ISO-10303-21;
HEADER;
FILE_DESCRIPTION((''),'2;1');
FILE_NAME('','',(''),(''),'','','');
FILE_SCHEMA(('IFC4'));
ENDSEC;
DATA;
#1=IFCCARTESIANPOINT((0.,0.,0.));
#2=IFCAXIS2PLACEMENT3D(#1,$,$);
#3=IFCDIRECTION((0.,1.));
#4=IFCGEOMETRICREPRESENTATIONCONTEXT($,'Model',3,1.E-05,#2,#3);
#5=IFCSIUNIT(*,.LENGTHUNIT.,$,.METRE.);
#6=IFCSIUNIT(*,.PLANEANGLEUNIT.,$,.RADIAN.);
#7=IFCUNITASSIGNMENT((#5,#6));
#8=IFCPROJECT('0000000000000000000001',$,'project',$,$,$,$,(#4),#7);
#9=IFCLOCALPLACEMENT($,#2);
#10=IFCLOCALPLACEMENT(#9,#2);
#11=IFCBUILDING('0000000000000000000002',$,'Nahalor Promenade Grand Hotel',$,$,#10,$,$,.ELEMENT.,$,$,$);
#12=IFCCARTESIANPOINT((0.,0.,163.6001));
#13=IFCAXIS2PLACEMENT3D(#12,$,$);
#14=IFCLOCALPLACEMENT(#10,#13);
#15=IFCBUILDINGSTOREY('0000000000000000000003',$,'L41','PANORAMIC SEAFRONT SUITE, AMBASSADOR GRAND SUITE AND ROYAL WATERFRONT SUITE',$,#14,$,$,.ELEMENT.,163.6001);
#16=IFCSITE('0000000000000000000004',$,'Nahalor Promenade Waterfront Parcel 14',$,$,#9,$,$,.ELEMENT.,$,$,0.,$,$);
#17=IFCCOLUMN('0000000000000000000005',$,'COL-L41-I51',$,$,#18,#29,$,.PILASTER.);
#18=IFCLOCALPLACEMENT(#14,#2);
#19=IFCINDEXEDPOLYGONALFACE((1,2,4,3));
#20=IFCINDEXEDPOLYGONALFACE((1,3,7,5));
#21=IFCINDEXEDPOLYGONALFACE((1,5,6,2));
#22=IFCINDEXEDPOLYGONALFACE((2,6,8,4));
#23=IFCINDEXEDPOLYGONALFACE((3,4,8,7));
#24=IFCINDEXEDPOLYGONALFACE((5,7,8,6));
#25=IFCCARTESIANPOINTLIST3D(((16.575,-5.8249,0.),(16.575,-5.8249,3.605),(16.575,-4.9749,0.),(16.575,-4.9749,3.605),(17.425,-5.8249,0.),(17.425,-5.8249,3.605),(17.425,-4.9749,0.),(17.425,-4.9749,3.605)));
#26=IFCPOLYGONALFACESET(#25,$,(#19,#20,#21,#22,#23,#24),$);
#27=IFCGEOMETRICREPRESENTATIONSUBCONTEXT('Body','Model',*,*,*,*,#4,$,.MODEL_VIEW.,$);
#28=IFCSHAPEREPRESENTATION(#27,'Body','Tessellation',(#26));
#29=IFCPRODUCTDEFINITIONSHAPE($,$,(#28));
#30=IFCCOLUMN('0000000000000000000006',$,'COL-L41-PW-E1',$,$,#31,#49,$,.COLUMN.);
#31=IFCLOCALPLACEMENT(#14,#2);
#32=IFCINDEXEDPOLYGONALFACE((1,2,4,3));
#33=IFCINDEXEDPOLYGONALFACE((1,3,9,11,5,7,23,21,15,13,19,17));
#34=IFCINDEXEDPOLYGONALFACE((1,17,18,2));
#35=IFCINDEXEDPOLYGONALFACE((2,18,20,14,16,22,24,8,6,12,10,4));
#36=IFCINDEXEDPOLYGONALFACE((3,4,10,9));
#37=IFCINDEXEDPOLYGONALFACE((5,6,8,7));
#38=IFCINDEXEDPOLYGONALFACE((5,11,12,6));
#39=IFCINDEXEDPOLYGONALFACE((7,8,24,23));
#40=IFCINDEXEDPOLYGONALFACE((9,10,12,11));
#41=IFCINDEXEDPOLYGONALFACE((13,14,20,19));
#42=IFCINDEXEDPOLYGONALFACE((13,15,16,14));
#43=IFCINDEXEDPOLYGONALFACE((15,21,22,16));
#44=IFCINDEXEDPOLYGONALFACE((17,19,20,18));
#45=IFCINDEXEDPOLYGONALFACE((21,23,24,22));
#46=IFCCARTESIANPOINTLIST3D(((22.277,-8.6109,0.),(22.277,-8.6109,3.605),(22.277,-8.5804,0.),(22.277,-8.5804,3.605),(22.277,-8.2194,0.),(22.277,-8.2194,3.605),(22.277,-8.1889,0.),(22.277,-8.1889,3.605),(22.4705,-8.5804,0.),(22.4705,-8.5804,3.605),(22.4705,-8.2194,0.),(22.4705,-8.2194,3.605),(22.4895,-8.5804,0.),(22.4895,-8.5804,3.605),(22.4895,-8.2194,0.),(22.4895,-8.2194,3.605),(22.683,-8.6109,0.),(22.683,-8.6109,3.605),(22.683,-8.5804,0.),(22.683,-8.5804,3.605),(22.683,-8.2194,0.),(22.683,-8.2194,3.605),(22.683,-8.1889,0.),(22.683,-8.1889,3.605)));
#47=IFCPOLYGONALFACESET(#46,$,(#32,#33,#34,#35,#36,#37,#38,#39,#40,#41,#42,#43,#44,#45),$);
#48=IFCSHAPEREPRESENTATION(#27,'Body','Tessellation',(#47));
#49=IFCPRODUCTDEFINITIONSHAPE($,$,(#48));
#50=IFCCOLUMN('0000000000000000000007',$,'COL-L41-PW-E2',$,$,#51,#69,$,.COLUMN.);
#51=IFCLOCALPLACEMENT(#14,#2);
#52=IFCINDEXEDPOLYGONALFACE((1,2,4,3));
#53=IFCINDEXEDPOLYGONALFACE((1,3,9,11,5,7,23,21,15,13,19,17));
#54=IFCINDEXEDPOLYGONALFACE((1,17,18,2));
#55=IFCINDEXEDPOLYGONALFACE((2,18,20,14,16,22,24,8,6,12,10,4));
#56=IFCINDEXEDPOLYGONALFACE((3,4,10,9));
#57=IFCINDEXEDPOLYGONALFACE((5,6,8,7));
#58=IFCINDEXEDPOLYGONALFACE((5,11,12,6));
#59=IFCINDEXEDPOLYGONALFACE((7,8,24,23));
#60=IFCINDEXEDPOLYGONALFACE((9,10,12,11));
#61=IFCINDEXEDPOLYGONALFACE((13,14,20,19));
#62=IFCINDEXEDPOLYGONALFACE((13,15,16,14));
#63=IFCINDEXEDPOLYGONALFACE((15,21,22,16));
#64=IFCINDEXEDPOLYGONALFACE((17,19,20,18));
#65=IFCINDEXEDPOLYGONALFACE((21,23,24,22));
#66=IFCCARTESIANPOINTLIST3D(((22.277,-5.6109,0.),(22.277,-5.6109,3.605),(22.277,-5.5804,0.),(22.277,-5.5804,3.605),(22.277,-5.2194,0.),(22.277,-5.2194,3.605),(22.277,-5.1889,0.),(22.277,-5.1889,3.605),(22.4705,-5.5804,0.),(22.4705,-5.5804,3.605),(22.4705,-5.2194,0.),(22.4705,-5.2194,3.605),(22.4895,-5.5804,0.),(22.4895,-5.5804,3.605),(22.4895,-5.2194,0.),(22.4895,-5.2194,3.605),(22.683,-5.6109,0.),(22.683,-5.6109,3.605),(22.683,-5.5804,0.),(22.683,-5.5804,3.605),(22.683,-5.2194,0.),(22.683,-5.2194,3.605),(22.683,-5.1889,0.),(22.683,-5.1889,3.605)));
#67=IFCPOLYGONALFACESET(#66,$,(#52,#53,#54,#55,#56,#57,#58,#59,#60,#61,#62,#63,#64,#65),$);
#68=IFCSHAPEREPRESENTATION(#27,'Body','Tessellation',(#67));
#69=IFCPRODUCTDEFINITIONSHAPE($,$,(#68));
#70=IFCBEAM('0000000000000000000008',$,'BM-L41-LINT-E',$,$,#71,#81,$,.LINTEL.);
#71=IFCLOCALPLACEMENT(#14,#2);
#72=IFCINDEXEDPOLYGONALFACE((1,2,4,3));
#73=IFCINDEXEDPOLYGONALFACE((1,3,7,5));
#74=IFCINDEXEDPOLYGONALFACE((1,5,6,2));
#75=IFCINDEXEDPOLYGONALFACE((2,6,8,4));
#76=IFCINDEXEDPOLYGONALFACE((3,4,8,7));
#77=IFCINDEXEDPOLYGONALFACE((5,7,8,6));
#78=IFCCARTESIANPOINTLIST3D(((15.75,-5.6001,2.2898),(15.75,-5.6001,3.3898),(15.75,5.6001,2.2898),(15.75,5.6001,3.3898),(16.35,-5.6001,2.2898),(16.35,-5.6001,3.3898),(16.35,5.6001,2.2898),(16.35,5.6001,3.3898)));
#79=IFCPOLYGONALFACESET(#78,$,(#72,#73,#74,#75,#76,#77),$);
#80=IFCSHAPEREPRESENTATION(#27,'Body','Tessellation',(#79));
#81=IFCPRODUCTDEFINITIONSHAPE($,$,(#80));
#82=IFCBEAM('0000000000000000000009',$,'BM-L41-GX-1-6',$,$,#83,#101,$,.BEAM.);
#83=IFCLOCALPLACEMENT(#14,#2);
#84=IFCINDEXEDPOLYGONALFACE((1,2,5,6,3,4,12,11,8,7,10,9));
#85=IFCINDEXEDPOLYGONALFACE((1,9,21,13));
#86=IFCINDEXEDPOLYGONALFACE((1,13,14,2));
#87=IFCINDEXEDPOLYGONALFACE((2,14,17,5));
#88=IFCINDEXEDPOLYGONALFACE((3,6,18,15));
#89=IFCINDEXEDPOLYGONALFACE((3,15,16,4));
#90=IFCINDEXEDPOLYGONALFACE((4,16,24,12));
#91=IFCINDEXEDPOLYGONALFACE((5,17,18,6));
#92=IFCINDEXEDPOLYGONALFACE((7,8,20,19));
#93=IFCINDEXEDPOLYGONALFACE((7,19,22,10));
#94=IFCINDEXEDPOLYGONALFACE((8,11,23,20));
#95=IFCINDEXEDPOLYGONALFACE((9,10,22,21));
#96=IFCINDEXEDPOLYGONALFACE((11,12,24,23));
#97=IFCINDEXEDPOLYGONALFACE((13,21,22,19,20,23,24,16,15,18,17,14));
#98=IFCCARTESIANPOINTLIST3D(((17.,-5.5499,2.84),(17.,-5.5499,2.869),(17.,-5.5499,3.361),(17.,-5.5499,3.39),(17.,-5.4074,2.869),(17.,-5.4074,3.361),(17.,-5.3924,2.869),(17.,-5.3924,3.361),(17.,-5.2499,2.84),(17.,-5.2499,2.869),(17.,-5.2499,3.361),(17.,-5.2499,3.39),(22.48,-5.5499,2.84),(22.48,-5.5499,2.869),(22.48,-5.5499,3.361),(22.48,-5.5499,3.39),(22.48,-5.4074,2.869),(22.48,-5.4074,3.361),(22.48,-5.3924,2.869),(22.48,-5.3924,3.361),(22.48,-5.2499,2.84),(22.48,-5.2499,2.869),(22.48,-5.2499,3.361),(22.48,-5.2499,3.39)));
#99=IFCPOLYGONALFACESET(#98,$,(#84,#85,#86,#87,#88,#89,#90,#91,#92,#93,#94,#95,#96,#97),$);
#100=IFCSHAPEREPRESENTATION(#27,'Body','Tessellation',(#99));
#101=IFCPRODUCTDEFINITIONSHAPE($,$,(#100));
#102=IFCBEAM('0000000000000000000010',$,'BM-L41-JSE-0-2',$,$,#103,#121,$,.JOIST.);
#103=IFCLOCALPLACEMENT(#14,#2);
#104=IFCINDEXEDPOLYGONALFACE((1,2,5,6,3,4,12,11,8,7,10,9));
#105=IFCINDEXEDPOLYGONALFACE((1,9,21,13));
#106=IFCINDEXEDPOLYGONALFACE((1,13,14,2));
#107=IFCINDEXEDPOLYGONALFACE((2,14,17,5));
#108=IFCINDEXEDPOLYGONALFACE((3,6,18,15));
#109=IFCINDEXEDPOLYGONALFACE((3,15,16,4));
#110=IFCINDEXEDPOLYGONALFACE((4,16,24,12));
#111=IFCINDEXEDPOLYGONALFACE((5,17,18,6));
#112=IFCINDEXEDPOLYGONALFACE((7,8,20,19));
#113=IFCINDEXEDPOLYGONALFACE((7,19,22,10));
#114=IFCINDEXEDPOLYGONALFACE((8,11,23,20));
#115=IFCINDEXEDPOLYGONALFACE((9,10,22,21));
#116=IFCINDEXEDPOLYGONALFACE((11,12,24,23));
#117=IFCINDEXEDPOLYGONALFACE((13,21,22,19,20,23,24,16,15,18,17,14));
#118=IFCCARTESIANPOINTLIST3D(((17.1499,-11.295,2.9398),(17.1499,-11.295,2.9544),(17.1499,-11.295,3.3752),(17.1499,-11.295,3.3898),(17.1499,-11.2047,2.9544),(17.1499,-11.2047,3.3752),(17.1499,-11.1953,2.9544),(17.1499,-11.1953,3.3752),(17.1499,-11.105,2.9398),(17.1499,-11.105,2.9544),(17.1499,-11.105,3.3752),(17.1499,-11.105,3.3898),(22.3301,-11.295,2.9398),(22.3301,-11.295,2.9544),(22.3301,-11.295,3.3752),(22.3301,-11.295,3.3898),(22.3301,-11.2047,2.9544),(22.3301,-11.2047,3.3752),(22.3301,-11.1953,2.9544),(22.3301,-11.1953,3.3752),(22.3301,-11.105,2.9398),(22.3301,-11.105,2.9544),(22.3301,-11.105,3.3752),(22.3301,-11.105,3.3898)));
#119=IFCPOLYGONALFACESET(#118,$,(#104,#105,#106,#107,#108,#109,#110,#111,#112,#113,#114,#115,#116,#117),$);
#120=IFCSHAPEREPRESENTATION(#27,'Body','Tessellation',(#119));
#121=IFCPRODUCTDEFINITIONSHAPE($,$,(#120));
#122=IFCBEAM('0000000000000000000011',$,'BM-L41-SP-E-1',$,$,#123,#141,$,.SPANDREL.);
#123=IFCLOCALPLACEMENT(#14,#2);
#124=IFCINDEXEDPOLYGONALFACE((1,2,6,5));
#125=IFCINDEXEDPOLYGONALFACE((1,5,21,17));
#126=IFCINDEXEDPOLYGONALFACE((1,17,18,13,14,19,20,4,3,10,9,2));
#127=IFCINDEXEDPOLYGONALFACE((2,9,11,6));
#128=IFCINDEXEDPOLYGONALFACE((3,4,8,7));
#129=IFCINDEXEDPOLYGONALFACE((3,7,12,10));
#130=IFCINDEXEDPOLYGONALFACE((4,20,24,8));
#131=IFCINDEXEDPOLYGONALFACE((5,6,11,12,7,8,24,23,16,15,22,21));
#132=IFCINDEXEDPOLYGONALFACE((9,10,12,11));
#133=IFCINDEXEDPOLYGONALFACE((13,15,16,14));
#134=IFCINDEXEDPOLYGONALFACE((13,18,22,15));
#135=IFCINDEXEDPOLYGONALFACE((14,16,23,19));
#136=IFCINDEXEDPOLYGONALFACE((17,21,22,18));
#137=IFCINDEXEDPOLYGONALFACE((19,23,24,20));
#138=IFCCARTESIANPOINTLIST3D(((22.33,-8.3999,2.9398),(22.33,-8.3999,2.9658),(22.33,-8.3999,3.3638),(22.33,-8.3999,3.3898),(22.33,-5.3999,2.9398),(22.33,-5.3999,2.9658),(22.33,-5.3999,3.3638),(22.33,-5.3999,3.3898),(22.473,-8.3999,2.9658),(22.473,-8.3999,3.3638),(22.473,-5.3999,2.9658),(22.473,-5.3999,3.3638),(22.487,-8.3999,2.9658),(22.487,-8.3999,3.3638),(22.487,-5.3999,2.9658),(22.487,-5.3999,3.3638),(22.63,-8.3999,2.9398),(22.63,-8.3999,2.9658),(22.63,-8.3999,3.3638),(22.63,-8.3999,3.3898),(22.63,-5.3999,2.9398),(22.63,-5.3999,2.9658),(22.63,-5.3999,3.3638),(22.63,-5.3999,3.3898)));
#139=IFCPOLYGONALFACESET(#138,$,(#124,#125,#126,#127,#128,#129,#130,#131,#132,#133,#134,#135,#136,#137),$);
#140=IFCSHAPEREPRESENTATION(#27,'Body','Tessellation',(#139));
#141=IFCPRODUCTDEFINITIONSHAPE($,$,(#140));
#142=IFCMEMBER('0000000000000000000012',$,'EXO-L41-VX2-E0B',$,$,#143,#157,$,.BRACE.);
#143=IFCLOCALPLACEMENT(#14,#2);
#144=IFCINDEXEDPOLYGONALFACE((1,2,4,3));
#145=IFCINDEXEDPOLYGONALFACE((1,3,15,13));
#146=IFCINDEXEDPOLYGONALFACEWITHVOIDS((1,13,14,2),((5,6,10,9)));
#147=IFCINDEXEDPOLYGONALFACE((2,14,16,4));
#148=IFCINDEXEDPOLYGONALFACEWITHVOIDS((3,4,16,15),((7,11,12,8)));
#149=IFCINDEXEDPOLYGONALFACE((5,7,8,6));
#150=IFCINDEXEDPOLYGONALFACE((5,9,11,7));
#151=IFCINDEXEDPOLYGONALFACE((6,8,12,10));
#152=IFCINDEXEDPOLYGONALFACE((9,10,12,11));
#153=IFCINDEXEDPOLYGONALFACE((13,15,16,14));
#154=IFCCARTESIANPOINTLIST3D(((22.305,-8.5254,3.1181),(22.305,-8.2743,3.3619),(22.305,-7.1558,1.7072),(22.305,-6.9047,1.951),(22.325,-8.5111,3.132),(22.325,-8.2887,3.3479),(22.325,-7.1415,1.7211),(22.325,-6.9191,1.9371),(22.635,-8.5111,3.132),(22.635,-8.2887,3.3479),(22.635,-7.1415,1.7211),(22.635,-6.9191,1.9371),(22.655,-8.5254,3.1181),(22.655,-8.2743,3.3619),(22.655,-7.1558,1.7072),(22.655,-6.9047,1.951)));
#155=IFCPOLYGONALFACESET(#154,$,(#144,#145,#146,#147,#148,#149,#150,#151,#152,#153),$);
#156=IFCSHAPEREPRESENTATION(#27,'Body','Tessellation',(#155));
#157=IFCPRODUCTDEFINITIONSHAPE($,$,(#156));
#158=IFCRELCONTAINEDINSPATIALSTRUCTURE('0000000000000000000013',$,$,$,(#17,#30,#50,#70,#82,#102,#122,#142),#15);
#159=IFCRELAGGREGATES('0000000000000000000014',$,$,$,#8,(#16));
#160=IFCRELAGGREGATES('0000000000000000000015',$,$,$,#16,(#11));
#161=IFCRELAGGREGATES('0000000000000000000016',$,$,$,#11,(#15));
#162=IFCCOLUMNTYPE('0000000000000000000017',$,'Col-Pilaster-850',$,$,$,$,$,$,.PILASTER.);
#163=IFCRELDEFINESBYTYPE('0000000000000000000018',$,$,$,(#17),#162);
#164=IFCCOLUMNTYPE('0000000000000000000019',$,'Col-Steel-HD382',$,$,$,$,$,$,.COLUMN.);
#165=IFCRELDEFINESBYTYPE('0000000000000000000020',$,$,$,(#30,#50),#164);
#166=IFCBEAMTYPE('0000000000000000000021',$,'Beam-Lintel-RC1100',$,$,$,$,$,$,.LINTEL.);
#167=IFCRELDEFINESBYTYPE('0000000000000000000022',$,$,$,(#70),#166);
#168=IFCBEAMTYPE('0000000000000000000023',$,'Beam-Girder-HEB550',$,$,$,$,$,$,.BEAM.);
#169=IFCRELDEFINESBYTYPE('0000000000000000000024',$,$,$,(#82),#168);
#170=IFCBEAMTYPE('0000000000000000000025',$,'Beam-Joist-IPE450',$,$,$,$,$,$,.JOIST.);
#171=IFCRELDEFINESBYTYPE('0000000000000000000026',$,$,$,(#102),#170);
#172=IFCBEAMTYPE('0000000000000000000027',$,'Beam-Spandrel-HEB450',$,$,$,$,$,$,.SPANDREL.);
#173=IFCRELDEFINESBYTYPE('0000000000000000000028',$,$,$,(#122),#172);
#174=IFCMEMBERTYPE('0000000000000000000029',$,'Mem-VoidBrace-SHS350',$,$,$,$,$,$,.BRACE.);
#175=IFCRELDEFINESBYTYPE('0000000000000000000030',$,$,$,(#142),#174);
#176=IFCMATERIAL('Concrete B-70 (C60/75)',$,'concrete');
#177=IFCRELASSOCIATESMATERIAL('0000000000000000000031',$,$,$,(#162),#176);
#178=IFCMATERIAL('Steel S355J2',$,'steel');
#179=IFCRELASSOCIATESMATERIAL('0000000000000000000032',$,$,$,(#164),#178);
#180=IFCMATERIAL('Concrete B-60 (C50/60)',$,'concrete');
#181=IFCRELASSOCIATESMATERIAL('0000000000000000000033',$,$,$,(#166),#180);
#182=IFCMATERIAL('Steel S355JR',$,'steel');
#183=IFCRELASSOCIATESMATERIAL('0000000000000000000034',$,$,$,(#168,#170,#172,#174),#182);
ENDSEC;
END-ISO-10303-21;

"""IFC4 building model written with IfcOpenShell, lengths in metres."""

from ifc_helpers import new_model, si_unit, direction, frame, origin, origin_2d, place, context, subcontext, project, spatial, rectangle, hollow_rectangle, i_section, extrude, source, transform, mapped, material, material_profile, profile_set, type_object, element, save


model = new_model("IFC4")

# Units and contexts
model_context = context("Model", 3, precision=1e-05, world=origin(), true_north=direction((0.0, 1.0)))
body_context = subcontext(model_context, "Body", "Model", "MODEL_VIEW")
ifc_project = project(units=[si_unit("LENGTHUNIT", "METRE"), si_unit("PLANEANGLEUNIT", "RADIAN")], contexts=[model_context])

# Site, building, storey
site_placement = place(None, origin())
site = spatial("IfcSite", under=ifc_project, at=site_placement, Name="Nahalor Promenade Waterfront Parcel 14", CompositionType="ELEMENT", RefElevation=0.0)
building_placement = place(site_placement, origin())
building = spatial("IfcBuilding", under=site, at=building_placement, Name="Nahalor Promenade Grand Hotel", CompositionType="ELEMENT")
storey_placement = place(building_placement, frame((0.0, 0.0, 163.6001)))
storey = spatial("IfcBuildingStorey", under=building, at=storey_placement, Name="L41", Description="PANORAMIC SEAFRONT SUITE, AMBASSADOR GRAND SUITE AND ROYAL WATERFRONT SUITE", CompositionType="ELEMENT", Elevation=163.6001)

# Columns
ifc_material_1 = material(Name="Concrete B-70 (C60/75)", Category="concrete")
ifc_material_profile_1 = material_profile(ifc_material_1, rectangle(XDim=0.85, YDim=0.85, at=origin_2d()), Name="RC 850x850")
ifc_profile_set_1 = profile_set([ifc_material_profile_1], Name="Concrete B-70 (C60/75)")
column_type_1 = type_object("IfcColumnType", Name="Col-Pilaster-850", PredefinedType="PILASTER", material=ifc_profile_set_1)
shared_shape_1 = source(origin(), body_context, "Body", "SweptSolid", [
    extrude(rectangle(XDim=0.85, YDim=0.85, at=origin_2d()), origin(), (0.0, 0.0, 1.0), 3.605),
])
column_placement = place(storey_placement, frame((17.0, -5.3999, 0.0), z_axis=(0.0, 0.0, 1.0), x_axis=(1.0, 0.0, 0.0)))
element("IfcColumn", 1, at=column_placement, inside=storey, type_object=column_type_1, Name="COL-L41-I51", PredefinedType="PILASTER", context=body_context, shape_type="MappedRepresentation", body=[
    mapped(shared_shape_1, transform((0.0, 0.0, 0.0), scale=1.0)),
])
ifc_material_2 = material(Name="Steel S355J2", Category="steel")
ifc_material_profile_2 = material_profile(ifc_material_2, i_section(OverallWidth=0.406, OverallDepth=0.422, WebThickness=0.019, FlangeThickness=0.0305, at=origin_2d()), Name="HD 400x382")
ifc_profile_set_2 = profile_set([ifc_material_profile_2], Name="Steel S355J2")
column_type_2 = type_object("IfcColumnType", Name="Col-Steel-HD382", PredefinedType="COLUMN", material=ifc_profile_set_2)
shared_shape_2 = source(origin(), body_context, "Body", "SweptSolid", [
    extrude(i_section(OverallWidth=0.406, OverallDepth=0.422, WebThickness=0.019, FlangeThickness=0.0305, at=origin_2d()), origin(), (0.0, 0.0, 1.0), 3.605),
])
for number, where, z_axis, x_axis, name in (
    (2, (22.48, -8.3999, 0.0), (0.0, 0.0, 1.0), (1.0, 0.0, 0.0), "COL-L41-PW-E1"),
    (3, (22.48, -5.3999, 0.0), (0.0, 0.0, 1.0), (1.0, 0.0, 0.0), "COL-L41-PW-E2"),
):
    element("IfcColumn", number, at=place(storey_placement, frame(where, z_axis=z_axis, x_axis=x_axis)), inside=storey, type_object=column_type_2, Name=name, PredefinedType="COLUMN", context=body_context, shape_type="MappedRepresentation", body=[
        mapped(shared_shape_2, transform((0.0, 0.0, 0.0), scale=1.0)),
    ])

# Beams
ifc_material_3 = material(Name="Concrete B-60 (C50/60)", Category="concrete")
ifc_material_profile_3 = material_profile(ifc_material_3, rectangle(XDim=0.6, YDim=1.1, at=origin_2d()), Name="RC 600x1100")
ifc_profile_set_3 = profile_set([ifc_material_profile_3], Name="Concrete B-60 (C50/60)")
beam_type_1 = type_object("IfcBeamType", Name="Beam-Lintel-RC1100", PredefinedType="LINTEL", material=ifc_profile_set_3)
shared_shape_3 = source(origin(), body_context, "Body", "SweptSolid", [
    extrude(rectangle(XDim=0.6, YDim=1.1, at=origin_2d()), origin(), (0.0, 0.0, 1.0), 11.2002),
])
beam_1_placement = place(storey_placement, frame((16.05, -5.6001, 2.8398), z_axis=(0.0, 1.0, 0.0), x_axis=(-1.0, 0.0, 0.0)))
element("IfcBeam", 4, at=beam_1_placement, inside=storey, type_object=beam_type_1, Name="BM-L41-LINT-E", PredefinedType="LINTEL", context=body_context, shape_type="MappedRepresentation", body=[
    mapped(shared_shape_3, transform((0.0, 0.0, 0.0), scale=1.0)),
])
ifc_material_4 = material(Name="Steel S355JR", Category="steel")
ifc_material_profile_4 = material_profile(ifc_material_4, i_section(OverallWidth=0.3, OverallDepth=0.55, WebThickness=0.015, FlangeThickness=0.029, at=origin_2d()), Name="HEB 550")
ifc_profile_set_4 = profile_set([ifc_material_profile_4], Name="Steel S355JR")
beam_type_2 = type_object("IfcBeamType", Name="Beam-Girder-HEB550", PredefinedType="BEAM", material=ifc_profile_set_4)
shared_shape_4 = source(origin(), body_context, "Body", "SweptSolid", [
    extrude(i_section(OverallWidth=0.3, OverallDepth=0.55, WebThickness=0.015, FlangeThickness=0.029, at=origin_2d()), origin(), (0.0, 0.0, 1.0), 5.48),
])
beam_2_placement = place(storey_placement, frame((17.0, -5.3999, 3.115), z_axis=(1.0, 0.0, 0.0), x_axis=(0.0, 1.0, 0.0)))
element("IfcBeam", 5, at=beam_2_placement, inside=storey, type_object=beam_type_2, Name="BM-L41-GX-1-6", PredefinedType="BEAM", context=body_context, shape_type="MappedRepresentation", body=[
    mapped(shared_shape_4, transform((0.0, 0.0, 0.0), scale=1.0)),
])
ifc_material_profile_5 = material_profile(ifc_material_4, i_section(OverallWidth=0.19, OverallDepth=0.45, WebThickness=0.0094, FlangeThickness=0.0146, at=origin_2d()), Name="IPE 450")
ifc_profile_set_5 = profile_set([ifc_material_profile_5], Name="Steel S355JR")
beam_type_3 = type_object("IfcBeamType", Name="Beam-Joist-IPE450", PredefinedType="JOIST", material=ifc_profile_set_5)
shared_shape_5 = source(origin(), body_context, "Body", "SweptSolid", [
    extrude(i_section(OverallWidth=0.19, OverallDepth=0.45, WebThickness=0.0094, FlangeThickness=0.0146, at=origin_2d()), origin(), (0.0, 0.0, 1.0), 5.1802),
])
beam_3_placement = place(storey_placement, frame((17.1499, -11.2, 3.1648), z_axis=(1.0, 0.0, 0.0), x_axis=(0.0, 1.0, 0.0)))
element("IfcBeam", 6, at=beam_3_placement, inside=storey, type_object=beam_type_3, Name="BM-L41-JSE-0-2", PredefinedType="JOIST", context=body_context, shape_type="MappedRepresentation", body=[
    mapped(shared_shape_5, transform((0.0, 0.0, 0.0), scale=1.0)),
])
ifc_material_profile_6 = material_profile(ifc_material_4, i_section(OverallWidth=0.3, OverallDepth=0.45, WebThickness=0.014, FlangeThickness=0.026, at=origin_2d()), Name="HEB 450")
ifc_profile_set_6 = profile_set([ifc_material_profile_6], Name="Steel S355JR")
beam_type_4 = type_object("IfcBeamType", Name="Beam-Spandrel-HEB450", PredefinedType="SPANDREL", material=ifc_profile_set_6)
shared_shape_6 = source(origin(), body_context, "Body", "SweptSolid", [
    extrude(i_section(OverallWidth=0.3, OverallDepth=0.45, WebThickness=0.014, FlangeThickness=0.026, at=origin_2d()), origin(), (0.0, 0.0, 1.0), 3.0),
])
beam_4_placement = place(storey_placement, frame((22.48, -8.3999, 3.1648), z_axis=(0.0, 1.0, 0.0), x_axis=(-1.0, 0.0, 0.0)))
element("IfcBeam", 7, at=beam_4_placement, inside=storey, type_object=beam_type_4, Name="BM-L41-SP-E-1", PredefinedType="SPANDREL", context=body_context, shape_type="MappedRepresentation", body=[
    mapped(shared_shape_6, transform((0.0, 0.0, 0.0), scale=1.0)),
])

# Member
ifc_material_profile_7 = material_profile(ifc_material_4, hollow_rectangle(XDim=0.35, YDim=0.35, WallThickness=0.02, at=origin_2d()), Name="SHS 350x350x20")
ifc_profile_set_7 = profile_set([ifc_material_profile_7], Name="Steel S355JR")
member_type_1 = type_object("IfcMemberType", Name="Mem-VoidBrace-SHS350", PredefinedType="BRACE", material=ifc_profile_set_7)
shared_shape_7 = source(origin(), body_context, "Body", "SweptSolid", [
    extrude(hollow_rectangle(XDim=0.35, YDim=0.35, WallThickness=0.02, at=origin_2d()), origin(), (0.0, 0.0, 1.0), 1.9663),
])
member_1_placement = place(storey_placement, frame((22.48, -7.0303, 1.8291), z_axis=(0.0, -0.696537, 0.71752), x_axis=(1.0, 0.0, 0.0)))
element("IfcMember", 8, at=member_1_placement, inside=storey, type_object=member_type_1, Name="EXO-L41-VX2-E0B", PredefinedType="BRACE", context=body_context, shape_type="MappedRepresentation", body=[
    mapped(shared_shape_7, transform((0.0, 0.0, 0.0), scale=1.0)),
])

save(model, "model.ifc")
